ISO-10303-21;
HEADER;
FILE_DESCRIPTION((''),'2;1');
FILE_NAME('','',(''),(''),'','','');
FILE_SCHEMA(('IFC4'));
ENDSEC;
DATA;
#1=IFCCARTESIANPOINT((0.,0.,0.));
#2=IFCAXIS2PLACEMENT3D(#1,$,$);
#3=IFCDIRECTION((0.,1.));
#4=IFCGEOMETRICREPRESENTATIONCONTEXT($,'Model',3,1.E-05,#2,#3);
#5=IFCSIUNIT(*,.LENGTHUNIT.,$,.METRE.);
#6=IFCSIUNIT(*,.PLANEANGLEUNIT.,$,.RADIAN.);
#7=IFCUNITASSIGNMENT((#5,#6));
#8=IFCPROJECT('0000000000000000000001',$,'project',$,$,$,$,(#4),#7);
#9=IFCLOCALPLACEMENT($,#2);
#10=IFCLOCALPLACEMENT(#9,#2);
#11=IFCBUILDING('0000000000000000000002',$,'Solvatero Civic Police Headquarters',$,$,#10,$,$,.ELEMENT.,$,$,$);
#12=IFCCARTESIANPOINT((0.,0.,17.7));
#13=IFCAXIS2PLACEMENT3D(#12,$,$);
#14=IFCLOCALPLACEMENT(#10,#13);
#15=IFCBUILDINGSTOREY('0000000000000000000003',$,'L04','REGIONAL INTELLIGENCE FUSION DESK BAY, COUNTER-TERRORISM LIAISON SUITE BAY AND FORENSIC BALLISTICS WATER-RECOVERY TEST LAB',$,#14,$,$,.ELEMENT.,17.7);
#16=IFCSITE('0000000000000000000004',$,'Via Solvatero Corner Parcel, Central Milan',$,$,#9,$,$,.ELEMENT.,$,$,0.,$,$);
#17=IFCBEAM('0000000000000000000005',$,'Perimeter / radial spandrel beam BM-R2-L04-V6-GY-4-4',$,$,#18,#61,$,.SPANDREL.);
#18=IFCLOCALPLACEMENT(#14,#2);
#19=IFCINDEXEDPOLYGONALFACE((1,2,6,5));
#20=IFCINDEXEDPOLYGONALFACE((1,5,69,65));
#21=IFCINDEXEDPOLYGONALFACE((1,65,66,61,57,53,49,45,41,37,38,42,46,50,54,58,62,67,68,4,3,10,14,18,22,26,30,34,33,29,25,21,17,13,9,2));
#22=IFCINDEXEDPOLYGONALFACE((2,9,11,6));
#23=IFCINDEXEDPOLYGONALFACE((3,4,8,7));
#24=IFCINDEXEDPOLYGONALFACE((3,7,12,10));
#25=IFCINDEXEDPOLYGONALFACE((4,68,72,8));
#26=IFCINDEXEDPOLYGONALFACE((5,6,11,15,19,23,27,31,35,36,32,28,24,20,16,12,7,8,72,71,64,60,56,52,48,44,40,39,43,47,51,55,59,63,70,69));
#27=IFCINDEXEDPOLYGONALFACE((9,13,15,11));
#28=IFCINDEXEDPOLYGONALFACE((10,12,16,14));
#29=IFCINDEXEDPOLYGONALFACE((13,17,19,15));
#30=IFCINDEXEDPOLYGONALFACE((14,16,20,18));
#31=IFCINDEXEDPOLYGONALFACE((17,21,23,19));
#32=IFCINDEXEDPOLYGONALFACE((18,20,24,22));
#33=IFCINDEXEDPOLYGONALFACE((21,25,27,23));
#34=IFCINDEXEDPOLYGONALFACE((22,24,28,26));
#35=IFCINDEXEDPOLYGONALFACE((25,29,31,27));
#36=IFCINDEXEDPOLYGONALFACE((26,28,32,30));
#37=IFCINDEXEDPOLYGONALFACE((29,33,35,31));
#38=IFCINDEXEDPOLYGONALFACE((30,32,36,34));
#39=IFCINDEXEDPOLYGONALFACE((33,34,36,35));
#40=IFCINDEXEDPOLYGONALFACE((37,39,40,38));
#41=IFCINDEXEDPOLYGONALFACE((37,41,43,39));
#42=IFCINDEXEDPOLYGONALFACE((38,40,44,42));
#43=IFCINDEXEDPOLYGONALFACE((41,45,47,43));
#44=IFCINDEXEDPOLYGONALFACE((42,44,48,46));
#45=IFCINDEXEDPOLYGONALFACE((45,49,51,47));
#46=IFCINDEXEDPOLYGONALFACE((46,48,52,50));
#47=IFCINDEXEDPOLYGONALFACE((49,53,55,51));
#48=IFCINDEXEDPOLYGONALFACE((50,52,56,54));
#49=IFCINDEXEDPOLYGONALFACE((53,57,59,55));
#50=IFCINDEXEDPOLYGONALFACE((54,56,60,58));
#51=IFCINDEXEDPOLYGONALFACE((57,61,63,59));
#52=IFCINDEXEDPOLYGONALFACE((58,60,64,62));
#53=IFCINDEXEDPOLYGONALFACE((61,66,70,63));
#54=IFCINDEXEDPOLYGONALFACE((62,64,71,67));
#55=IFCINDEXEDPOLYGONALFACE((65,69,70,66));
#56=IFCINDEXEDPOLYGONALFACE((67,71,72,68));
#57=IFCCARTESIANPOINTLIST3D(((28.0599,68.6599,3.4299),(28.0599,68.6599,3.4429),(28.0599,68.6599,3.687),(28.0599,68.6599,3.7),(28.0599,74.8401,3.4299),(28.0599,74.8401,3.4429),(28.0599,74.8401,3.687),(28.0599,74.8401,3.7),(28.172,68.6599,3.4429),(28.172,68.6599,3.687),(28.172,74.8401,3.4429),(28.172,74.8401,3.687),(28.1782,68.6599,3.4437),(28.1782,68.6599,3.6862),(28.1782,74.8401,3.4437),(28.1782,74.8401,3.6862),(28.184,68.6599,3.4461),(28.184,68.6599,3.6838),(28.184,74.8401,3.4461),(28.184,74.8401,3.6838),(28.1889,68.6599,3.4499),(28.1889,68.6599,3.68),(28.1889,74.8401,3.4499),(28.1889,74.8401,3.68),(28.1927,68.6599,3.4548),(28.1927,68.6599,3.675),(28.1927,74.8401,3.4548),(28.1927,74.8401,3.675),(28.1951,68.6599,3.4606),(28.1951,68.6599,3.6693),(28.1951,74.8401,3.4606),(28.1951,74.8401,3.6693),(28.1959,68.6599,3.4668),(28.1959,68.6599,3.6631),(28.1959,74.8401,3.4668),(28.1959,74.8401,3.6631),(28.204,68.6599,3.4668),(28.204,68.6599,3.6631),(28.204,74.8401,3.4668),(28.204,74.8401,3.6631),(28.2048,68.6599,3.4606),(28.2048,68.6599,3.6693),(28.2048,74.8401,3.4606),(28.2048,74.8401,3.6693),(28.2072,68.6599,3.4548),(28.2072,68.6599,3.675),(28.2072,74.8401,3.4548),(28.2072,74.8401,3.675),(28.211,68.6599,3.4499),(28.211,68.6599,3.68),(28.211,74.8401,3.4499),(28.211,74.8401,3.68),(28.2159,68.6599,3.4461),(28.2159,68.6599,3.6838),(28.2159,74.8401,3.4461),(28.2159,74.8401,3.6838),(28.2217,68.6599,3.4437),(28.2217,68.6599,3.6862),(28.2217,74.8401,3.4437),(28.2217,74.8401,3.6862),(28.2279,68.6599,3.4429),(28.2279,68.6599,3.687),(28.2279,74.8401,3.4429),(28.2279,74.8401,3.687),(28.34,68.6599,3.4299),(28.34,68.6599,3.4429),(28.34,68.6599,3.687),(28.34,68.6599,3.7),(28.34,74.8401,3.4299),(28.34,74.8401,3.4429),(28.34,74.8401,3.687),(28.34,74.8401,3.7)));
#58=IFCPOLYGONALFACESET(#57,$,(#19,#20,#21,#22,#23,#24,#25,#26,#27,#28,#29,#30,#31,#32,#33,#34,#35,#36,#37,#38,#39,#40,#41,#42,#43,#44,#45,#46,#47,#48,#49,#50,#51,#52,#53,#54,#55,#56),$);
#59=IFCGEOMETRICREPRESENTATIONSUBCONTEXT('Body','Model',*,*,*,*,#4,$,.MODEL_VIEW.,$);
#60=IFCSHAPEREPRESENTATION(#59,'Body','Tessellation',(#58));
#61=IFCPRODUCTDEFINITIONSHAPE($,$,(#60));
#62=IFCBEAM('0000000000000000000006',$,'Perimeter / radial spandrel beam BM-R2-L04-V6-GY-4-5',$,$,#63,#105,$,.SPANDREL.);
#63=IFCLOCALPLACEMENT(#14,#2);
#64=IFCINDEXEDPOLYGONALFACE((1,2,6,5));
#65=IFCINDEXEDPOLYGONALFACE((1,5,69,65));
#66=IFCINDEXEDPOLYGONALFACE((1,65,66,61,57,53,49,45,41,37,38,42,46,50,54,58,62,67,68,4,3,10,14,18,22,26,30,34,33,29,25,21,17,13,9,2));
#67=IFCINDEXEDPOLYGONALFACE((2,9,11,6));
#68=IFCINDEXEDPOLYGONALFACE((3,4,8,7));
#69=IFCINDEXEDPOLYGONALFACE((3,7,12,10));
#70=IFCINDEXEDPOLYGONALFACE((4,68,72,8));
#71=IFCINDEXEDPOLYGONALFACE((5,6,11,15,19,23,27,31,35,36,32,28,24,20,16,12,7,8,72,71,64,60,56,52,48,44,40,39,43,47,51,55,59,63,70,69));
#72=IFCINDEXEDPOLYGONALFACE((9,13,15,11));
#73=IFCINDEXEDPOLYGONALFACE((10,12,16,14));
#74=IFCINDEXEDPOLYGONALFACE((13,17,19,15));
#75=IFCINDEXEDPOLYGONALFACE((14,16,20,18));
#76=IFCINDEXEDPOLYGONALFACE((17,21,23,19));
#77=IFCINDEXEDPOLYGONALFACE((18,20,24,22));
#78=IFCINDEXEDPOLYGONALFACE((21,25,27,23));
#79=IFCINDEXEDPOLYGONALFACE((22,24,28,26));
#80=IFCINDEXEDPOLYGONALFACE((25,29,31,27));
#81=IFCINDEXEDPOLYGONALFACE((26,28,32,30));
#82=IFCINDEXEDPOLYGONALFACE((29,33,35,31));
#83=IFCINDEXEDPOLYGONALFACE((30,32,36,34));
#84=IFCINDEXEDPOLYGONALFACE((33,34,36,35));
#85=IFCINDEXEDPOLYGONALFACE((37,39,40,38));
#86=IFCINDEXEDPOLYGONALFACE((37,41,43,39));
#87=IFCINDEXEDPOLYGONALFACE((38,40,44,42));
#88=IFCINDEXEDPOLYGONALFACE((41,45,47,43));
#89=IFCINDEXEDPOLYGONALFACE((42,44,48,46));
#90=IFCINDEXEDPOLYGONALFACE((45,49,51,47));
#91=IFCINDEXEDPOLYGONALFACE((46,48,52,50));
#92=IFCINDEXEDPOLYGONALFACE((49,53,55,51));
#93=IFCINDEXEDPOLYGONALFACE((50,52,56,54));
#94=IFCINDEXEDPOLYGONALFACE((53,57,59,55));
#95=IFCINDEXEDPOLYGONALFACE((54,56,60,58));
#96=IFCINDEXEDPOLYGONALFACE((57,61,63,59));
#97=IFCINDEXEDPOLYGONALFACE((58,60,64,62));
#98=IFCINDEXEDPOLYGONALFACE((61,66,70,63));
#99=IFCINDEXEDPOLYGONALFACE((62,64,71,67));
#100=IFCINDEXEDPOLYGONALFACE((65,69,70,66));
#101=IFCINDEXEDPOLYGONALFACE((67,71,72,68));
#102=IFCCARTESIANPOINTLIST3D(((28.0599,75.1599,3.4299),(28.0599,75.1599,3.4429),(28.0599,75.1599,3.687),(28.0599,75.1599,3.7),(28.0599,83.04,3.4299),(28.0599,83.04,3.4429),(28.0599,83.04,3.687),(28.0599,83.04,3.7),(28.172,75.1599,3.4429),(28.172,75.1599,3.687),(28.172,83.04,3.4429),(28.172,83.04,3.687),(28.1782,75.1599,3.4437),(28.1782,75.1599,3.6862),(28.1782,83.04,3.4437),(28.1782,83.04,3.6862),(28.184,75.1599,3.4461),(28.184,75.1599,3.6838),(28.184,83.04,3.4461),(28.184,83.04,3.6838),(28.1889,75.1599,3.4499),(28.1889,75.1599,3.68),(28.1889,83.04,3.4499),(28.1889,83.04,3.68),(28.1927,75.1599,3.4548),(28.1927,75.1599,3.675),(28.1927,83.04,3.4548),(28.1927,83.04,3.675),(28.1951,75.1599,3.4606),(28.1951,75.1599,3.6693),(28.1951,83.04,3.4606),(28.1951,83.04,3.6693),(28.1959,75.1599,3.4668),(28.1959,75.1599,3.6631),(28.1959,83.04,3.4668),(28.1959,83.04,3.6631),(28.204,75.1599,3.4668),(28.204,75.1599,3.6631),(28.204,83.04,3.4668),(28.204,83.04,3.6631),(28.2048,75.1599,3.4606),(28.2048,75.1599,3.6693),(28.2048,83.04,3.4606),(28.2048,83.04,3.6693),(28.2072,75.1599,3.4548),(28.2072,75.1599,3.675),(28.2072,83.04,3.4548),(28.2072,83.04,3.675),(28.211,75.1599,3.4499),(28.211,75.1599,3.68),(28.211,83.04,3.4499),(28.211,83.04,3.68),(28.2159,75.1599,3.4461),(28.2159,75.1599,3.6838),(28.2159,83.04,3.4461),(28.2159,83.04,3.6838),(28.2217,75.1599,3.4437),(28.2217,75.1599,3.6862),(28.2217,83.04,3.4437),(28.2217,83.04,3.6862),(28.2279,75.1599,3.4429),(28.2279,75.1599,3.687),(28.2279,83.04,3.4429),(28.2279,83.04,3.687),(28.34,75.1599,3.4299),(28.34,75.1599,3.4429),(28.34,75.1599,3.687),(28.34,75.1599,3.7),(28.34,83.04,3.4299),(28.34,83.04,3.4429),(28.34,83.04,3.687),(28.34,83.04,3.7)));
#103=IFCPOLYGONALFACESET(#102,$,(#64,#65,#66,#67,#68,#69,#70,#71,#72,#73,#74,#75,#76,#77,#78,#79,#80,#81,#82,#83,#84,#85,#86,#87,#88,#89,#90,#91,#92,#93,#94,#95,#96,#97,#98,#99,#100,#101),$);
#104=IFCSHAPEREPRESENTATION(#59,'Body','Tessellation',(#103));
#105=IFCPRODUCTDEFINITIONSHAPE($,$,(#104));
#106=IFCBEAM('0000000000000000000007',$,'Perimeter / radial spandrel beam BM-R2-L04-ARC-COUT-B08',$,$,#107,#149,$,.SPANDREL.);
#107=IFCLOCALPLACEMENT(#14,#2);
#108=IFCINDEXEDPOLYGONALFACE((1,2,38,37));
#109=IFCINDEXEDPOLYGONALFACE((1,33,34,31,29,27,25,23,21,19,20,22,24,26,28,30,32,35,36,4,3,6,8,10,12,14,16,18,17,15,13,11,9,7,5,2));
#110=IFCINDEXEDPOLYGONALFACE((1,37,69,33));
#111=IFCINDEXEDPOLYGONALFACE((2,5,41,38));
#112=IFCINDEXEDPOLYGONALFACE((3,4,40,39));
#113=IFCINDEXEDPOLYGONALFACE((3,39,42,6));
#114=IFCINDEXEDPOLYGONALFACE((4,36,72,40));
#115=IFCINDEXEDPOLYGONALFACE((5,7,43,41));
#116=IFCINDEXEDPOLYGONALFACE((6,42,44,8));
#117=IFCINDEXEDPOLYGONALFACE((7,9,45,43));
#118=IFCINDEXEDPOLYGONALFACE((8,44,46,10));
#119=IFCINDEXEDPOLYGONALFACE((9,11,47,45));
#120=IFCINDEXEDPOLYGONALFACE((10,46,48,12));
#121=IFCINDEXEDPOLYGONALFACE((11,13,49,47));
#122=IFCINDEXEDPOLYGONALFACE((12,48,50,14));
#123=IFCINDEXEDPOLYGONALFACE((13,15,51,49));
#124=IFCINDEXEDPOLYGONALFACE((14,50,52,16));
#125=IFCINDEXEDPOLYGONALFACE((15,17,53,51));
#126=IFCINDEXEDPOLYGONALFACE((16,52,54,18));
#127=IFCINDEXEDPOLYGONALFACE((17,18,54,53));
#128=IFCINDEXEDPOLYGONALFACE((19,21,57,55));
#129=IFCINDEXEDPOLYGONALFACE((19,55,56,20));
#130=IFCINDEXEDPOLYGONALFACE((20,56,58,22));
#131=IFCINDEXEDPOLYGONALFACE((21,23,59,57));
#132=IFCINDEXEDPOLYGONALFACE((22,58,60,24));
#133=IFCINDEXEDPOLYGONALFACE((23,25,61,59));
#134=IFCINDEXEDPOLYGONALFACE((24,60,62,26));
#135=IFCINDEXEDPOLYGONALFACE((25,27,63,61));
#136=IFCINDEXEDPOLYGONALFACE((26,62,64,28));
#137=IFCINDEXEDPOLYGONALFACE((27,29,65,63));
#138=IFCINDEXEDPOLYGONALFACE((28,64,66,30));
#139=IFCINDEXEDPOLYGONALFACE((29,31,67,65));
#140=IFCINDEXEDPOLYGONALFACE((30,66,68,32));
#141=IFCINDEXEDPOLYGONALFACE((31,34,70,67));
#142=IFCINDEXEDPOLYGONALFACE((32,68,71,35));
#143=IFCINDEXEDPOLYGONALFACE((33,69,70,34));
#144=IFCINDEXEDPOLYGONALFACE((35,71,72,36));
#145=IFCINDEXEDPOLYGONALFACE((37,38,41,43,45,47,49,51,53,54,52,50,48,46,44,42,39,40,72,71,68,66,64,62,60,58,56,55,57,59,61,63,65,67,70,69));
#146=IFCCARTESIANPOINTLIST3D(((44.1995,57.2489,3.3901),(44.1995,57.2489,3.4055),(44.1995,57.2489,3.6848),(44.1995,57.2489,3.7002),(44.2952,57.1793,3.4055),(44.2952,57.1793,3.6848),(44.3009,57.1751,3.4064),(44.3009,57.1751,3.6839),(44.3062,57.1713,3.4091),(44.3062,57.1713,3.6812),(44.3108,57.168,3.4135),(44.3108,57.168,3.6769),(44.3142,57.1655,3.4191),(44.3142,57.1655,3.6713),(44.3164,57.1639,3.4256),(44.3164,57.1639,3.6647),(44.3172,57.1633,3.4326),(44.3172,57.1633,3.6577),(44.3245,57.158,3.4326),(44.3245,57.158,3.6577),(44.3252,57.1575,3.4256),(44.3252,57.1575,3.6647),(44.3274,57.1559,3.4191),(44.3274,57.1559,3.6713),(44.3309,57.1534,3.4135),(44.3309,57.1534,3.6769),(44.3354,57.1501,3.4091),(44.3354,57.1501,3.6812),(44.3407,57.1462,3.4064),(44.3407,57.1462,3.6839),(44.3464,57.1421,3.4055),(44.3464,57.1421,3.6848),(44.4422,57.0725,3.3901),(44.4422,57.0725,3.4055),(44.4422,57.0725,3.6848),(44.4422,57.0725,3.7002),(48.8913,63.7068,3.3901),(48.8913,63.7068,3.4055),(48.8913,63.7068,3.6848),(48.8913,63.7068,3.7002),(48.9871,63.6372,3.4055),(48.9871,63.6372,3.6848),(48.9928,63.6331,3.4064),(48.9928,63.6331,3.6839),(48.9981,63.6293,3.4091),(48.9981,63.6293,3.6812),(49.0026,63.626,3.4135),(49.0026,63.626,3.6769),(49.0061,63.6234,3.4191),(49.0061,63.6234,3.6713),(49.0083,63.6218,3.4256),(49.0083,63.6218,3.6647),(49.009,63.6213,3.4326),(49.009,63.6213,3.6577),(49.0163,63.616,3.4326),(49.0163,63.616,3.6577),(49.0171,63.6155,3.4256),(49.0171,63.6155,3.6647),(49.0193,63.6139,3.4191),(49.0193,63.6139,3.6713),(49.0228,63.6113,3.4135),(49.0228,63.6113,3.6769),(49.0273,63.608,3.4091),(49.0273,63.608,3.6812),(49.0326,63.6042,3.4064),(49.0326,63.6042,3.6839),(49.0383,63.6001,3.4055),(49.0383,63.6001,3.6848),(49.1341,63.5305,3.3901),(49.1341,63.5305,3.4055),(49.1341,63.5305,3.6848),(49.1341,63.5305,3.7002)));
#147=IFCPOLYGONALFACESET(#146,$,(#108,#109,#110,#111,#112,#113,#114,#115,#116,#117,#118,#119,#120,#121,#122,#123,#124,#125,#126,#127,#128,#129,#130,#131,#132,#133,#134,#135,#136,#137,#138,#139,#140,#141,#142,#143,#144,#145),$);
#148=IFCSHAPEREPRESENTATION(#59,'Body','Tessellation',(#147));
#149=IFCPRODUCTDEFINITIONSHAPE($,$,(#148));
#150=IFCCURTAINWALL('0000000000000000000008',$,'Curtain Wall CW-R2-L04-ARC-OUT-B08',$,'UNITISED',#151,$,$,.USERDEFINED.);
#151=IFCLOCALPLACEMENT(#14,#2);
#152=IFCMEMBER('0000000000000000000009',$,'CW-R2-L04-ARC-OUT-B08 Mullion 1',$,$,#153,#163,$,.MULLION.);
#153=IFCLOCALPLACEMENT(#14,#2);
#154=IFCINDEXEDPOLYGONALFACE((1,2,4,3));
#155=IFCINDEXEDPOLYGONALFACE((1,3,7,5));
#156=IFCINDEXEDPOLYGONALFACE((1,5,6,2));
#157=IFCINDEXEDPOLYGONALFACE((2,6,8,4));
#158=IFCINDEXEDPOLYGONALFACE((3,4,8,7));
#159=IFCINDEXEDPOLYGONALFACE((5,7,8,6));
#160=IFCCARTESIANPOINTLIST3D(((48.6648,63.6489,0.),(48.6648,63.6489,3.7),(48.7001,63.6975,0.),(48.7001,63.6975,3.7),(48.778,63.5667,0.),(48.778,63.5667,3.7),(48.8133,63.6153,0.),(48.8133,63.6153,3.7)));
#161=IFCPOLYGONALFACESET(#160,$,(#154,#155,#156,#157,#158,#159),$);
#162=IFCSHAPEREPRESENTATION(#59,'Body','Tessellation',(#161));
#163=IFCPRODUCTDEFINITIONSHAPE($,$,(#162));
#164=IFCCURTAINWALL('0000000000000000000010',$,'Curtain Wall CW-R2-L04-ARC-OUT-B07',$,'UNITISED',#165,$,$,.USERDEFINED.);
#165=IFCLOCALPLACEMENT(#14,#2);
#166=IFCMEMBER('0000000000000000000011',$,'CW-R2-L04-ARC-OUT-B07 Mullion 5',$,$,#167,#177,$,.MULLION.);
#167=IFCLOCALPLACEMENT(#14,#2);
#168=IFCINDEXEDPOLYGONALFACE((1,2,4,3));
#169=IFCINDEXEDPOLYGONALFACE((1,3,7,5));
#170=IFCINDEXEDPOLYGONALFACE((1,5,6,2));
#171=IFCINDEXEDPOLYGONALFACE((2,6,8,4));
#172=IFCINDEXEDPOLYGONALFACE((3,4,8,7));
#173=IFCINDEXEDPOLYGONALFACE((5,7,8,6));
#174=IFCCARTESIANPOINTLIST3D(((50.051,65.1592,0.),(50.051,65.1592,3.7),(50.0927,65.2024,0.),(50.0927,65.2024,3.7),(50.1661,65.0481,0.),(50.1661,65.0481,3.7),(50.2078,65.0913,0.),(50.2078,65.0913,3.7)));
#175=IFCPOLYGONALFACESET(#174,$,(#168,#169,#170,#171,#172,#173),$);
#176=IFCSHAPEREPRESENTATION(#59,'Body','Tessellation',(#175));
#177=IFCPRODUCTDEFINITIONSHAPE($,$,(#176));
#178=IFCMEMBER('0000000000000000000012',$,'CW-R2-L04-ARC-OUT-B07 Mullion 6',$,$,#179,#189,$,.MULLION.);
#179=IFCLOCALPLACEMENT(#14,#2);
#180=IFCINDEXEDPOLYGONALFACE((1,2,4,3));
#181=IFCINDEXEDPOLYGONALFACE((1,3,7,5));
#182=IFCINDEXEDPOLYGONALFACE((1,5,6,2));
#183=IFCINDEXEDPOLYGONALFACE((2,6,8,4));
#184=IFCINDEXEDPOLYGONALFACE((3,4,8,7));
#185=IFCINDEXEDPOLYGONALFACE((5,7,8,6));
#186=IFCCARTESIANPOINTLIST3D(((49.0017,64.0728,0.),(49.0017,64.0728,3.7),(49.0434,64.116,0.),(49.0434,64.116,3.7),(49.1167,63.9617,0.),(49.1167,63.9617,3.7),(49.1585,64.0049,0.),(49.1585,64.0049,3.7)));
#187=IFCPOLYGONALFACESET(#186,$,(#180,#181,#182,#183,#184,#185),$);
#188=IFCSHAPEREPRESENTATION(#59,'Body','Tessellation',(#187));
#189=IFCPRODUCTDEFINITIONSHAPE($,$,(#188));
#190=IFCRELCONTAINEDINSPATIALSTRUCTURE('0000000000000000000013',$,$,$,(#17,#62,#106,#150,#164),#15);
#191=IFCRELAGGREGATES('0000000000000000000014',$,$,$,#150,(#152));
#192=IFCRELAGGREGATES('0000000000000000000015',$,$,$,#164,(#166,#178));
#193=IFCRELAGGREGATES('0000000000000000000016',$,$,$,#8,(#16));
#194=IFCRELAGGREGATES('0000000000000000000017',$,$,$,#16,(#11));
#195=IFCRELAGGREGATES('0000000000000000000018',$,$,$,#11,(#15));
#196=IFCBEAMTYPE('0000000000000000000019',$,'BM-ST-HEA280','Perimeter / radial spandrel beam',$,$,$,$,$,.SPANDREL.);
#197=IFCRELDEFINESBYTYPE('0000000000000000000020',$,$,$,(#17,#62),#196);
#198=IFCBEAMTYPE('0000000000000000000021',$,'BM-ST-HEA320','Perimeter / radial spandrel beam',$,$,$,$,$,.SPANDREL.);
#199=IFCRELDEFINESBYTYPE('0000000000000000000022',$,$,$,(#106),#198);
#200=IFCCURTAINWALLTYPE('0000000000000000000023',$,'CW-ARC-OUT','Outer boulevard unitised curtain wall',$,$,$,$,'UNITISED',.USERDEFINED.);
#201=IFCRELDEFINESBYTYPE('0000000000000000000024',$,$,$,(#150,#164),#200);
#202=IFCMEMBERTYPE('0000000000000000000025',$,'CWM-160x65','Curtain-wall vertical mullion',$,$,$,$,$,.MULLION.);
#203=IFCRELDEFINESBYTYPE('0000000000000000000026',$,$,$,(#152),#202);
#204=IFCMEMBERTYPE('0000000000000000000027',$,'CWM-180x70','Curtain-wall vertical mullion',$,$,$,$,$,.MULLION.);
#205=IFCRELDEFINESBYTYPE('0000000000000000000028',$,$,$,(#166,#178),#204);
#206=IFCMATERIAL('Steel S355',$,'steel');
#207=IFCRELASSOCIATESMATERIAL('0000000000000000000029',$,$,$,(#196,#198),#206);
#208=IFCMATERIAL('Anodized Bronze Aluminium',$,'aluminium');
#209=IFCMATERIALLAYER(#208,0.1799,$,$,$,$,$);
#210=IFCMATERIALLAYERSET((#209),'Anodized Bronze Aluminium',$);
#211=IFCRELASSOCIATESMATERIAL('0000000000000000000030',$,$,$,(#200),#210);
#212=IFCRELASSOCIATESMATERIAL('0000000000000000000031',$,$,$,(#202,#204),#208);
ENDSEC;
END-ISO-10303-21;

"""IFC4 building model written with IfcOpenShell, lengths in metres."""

from ifc_helpers import new_model, si_unit, direction, frame, origin, origin_2d, place, context, subcontext, project, spatial, rectangle, i_section, extrude, material, layer, layer_set, material_profile, profile_set, type_object, element, aggregate, save


model = new_model("IFC4")

# Units and contexts
model_context = context("Model", 3, precision=1e-05, world=origin(), true_north=direction((0.0, 1.0)))
body_context = subcontext(model_context, "Body", "Model", "MODEL_VIEW")
ifc_project = project(units=[si_unit("LENGTHUNIT", "METRE"), si_unit("PLANEANGLEUNIT", "RADIAN")], contexts=[model_context])

# Site, building, storey
site_placement = place(None, origin())
site = spatial("IfcSite", under=ifc_project, at=site_placement, Name="Via Solvatero Corner Parcel, Central Milan", CompositionType="ELEMENT", RefElevation=0.0)
building_placement = place(site_placement, origin())
building = spatial("IfcBuilding", under=site, at=building_placement, Name="Solvatero Civic Police Headquarters", CompositionType="ELEMENT")
storey_placement = place(building_placement, frame((0.0, 0.0, 17.7)))
storey = spatial("IfcBuildingStorey", under=building, at=storey_placement, Name="L04", Description="REGIONAL INTELLIGENCE FUSION DESK BAY, COUNTER-TERRORISM LIAISON SUITE BAY AND FORENSIC BALLISTICS WATER-RECOVERY TEST LAB", CompositionType="ELEMENT", Elevation=17.7)

# Shared definitions
ifc_material_1 = material(Name="Steel S355", Category="steel")

# Beams
ifc_material_profile_1 = material_profile(ifc_material_1, i_section(OverallWidth=0.28, OverallDepth=0.27, WebThickness=0.0081, FlangeThickness=0.0129, FilletRadius=0.0239, at=origin_2d()), Name="HEA 280")
ifc_profile_set_1 = profile_set([ifc_material_profile_1], Name="Steel S355")
beam_type_1 = type_object("IfcBeamType", Name="BM-ST-HEA280", Description="Perimeter / radial spandrel beam", PredefinedType="SPANDREL", material=ifc_profile_set_1)
beam_1_placement = place(storey_placement, frame((28.2, 68.6599, 3.5649), z_axis=(0.0, 1.0, 0.0), x_axis=(-1.0, 0.0, 0.0)))
element("IfcBeam", 1, at=beam_1_placement, inside=storey, type_object=beam_type_1, Name="Perimeter / radial spandrel beam BM-R2-L04-V6-GY-4-4", PredefinedType="SPANDREL", context=body_context, shape_type="SweptSolid", body=[
    extrude(i_section(OverallWidth=0.28, OverallDepth=0.27, WebThickness=0.0081, FlangeThickness=0.0129, FilletRadius=0.0239, at=origin_2d()), origin(), (0.0, 0.0, 1.0), 6.1802),
])
beam_2_placement = place(storey_placement, frame((28.2, 75.1599, 3.5649), z_axis=(0.0, 1.0, 0.0), x_axis=(-1.0, 0.0, 0.0)))
element("IfcBeam", 2, at=beam_2_placement, inside=storey, type_object=beam_type_1, Name="Perimeter / radial spandrel beam BM-R2-L04-V6-GY-4-5", PredefinedType="SPANDREL", context=body_context, shape_type="SweptSolid", body=[
    extrude(i_section(OverallWidth=0.28, OverallDepth=0.27, WebThickness=0.0081, FlangeThickness=0.0129, FilletRadius=0.0239, at=origin_2d()), origin(), (0.0, 0.0, 1.0), 7.8801),
])
ifc_material_profile_2 = material_profile(ifc_material_1, i_section(OverallWidth=0.3, OverallDepth=0.3101, WebThickness=0.009, FlangeThickness=0.0154, FilletRadius=0.0271, at=origin_2d()), Name="HEA 320")
ifc_profile_set_2 = profile_set([ifc_material_profile_2], Name="Steel S355")
beam_type_2 = type_object("IfcBeamType", Name="BM-ST-HEA320", Description="Perimeter / radial spandrel beam", PredefinedType="SPANDREL", material=ifc_profile_set_2)
beam_3_placement = place(storey_placement, frame((49.0127, 63.6187, 3.5452), z_axis=(-0.587775, -0.809024, 0.0), x_axis=(0.809024, -0.587775, 0.0)))
element("IfcBeam", 3, at=beam_3_placement, inside=storey, type_object=beam_type_2, Name="Perimeter / radial spandrel beam BM-R2-L04-ARC-COUT-B08", PredefinedType="SPANDREL", context=body_context, shape_type="SweptSolid", body=[
    extrude(i_section(OverallWidth=0.3, OverallDepth=0.3101, WebThickness=0.009, FlangeThickness=0.0154, FilletRadius=0.0271, at=origin_2d()), origin(), (0.0, 0.0, 1.0), 7.9824),
])

# Curtain wall, member
ifc_material_2 = material(Name="Anodized Bronze Aluminium", Category="aluminium")
ifc_layer_1 = layer(ifc_material_2, 0.1799)
ifc_layer_set_1 = layer_set([ifc_layer_1], Name="Anodized Bronze Aluminium")
curtain_wall_type = type_object("IfcCurtainWallType", Name="CW-ARC-OUT", Description="Outer boulevard unitised curtain wall", ElementType="UNITISED", PredefinedType="USERDEFINED", material=ifc_layer_set_1)
curtain_wall_1_placement = place(storey_placement, origin())
curtain_wall_1 = element("IfcCurtainWall", 4, at=curtain_wall_1_placement, inside=storey, type_object=curtain_wall_type, Name="Curtain Wall CW-R2-L04-ARC-OUT-B08", ObjectType="UNITISED", PredefinedType="USERDEFINED")
ifc_material_profile_3 = material_profile(ifc_material_2, rectangle(XDim=0.0601, YDim=0.1399, at=origin_2d()), Name="ALU MULLION 60x140")
ifc_profile_set_3 = profile_set([ifc_material_profile_3], Name="Anodized Bronze Aluminium")
member_type_1 = type_object("IfcMemberType", Name="CWM-160x65", Description="Curtain-wall vertical mullion", PredefinedType="MULLION", material=ifc_profile_set_3)
member_1_placement = place(storey_placement, frame((48.739, 63.6321, 0.0), z_axis=(0.0, 0.0, 1.0), x_axis=(-0.587785, -0.809017, 0.0)))
member_1 = element("IfcMember", 5, at=member_1_placement, type_object=member_type_1, Name="CW-R2-L04-ARC-OUT-B08 Mullion 1", PredefinedType="MULLION", context=body_context, shape_type="SweptSolid", body=[
    extrude(rectangle(XDim=0.0601, YDim=0.1399, at=origin_2d()), origin(), (0.0, 0.0, 1.0), 3.7),
])

# Curtain wall, members
curtain_wall_2_placement = place(storey_placement, origin())
curtain_wall_2 = element("IfcCurtainWall", 6, at=curtain_wall_2_placement, inside=storey, type_object=curtain_wall_type, Name="Curtain Wall CW-R2-L04-ARC-OUT-B07", ObjectType="UNITISED", PredefinedType="USERDEFINED")
ifc_material_profile_4 = material_profile(ifc_material_2, rectangle(XDim=0.0601, YDim=0.1599, at=origin_2d()), Name="ALU MULLION 60x160")
ifc_profile_set_4 = profile_set([ifc_material_profile_4], Name="Anodized Bronze Aluminium")
member_type_2 = type_object("IfcMemberType", Name="CWM-180x70", Description="Curtain-wall vertical mullion", PredefinedType="MULLION", material=ifc_profile_set_4)
member_2_placement = place(storey_placement, frame((50.1294, 65.1252, 0.0), z_axis=(0.0, 0.0, 1.0), x_axis=(-0.694646, -0.719352, 0.0)))
member_2 = element("IfcMember", 7, at=member_2_placement, type_object=member_type_2, Name="CW-R2-L04-ARC-OUT-B07 Mullion 5", PredefinedType="MULLION", context=body_context, shape_type="SweptSolid", body=[
    extrude(rectangle(XDim=0.0601, YDim=0.1599, at=origin_2d()), origin(), (0.0, 0.0, 1.0), 3.7),
])
member_3_placement = place(storey_placement, frame((49.0801, 64.0388, 0.0), z_axis=(0.0, 0.0, 1.0), x_axis=(-0.694646, -0.719352, 0.0)))
member_3 = element("IfcMember", 8, at=member_3_placement, type_object=member_type_2, Name="CW-R2-L04-ARC-OUT-B07 Mullion 6", PredefinedType="MULLION", context=body_context, shape_type="SweptSolid", body=[
    extrude(rectangle(XDim=0.0601, YDim=0.1599, at=origin_2d()), origin(), (0.0, 0.0, 1.0), 3.7),
])

aggregate(curtain_wall_1, [member_1])

aggregate(curtain_wall_2, [member_2, member_3])

save(model, "model.ifc")
